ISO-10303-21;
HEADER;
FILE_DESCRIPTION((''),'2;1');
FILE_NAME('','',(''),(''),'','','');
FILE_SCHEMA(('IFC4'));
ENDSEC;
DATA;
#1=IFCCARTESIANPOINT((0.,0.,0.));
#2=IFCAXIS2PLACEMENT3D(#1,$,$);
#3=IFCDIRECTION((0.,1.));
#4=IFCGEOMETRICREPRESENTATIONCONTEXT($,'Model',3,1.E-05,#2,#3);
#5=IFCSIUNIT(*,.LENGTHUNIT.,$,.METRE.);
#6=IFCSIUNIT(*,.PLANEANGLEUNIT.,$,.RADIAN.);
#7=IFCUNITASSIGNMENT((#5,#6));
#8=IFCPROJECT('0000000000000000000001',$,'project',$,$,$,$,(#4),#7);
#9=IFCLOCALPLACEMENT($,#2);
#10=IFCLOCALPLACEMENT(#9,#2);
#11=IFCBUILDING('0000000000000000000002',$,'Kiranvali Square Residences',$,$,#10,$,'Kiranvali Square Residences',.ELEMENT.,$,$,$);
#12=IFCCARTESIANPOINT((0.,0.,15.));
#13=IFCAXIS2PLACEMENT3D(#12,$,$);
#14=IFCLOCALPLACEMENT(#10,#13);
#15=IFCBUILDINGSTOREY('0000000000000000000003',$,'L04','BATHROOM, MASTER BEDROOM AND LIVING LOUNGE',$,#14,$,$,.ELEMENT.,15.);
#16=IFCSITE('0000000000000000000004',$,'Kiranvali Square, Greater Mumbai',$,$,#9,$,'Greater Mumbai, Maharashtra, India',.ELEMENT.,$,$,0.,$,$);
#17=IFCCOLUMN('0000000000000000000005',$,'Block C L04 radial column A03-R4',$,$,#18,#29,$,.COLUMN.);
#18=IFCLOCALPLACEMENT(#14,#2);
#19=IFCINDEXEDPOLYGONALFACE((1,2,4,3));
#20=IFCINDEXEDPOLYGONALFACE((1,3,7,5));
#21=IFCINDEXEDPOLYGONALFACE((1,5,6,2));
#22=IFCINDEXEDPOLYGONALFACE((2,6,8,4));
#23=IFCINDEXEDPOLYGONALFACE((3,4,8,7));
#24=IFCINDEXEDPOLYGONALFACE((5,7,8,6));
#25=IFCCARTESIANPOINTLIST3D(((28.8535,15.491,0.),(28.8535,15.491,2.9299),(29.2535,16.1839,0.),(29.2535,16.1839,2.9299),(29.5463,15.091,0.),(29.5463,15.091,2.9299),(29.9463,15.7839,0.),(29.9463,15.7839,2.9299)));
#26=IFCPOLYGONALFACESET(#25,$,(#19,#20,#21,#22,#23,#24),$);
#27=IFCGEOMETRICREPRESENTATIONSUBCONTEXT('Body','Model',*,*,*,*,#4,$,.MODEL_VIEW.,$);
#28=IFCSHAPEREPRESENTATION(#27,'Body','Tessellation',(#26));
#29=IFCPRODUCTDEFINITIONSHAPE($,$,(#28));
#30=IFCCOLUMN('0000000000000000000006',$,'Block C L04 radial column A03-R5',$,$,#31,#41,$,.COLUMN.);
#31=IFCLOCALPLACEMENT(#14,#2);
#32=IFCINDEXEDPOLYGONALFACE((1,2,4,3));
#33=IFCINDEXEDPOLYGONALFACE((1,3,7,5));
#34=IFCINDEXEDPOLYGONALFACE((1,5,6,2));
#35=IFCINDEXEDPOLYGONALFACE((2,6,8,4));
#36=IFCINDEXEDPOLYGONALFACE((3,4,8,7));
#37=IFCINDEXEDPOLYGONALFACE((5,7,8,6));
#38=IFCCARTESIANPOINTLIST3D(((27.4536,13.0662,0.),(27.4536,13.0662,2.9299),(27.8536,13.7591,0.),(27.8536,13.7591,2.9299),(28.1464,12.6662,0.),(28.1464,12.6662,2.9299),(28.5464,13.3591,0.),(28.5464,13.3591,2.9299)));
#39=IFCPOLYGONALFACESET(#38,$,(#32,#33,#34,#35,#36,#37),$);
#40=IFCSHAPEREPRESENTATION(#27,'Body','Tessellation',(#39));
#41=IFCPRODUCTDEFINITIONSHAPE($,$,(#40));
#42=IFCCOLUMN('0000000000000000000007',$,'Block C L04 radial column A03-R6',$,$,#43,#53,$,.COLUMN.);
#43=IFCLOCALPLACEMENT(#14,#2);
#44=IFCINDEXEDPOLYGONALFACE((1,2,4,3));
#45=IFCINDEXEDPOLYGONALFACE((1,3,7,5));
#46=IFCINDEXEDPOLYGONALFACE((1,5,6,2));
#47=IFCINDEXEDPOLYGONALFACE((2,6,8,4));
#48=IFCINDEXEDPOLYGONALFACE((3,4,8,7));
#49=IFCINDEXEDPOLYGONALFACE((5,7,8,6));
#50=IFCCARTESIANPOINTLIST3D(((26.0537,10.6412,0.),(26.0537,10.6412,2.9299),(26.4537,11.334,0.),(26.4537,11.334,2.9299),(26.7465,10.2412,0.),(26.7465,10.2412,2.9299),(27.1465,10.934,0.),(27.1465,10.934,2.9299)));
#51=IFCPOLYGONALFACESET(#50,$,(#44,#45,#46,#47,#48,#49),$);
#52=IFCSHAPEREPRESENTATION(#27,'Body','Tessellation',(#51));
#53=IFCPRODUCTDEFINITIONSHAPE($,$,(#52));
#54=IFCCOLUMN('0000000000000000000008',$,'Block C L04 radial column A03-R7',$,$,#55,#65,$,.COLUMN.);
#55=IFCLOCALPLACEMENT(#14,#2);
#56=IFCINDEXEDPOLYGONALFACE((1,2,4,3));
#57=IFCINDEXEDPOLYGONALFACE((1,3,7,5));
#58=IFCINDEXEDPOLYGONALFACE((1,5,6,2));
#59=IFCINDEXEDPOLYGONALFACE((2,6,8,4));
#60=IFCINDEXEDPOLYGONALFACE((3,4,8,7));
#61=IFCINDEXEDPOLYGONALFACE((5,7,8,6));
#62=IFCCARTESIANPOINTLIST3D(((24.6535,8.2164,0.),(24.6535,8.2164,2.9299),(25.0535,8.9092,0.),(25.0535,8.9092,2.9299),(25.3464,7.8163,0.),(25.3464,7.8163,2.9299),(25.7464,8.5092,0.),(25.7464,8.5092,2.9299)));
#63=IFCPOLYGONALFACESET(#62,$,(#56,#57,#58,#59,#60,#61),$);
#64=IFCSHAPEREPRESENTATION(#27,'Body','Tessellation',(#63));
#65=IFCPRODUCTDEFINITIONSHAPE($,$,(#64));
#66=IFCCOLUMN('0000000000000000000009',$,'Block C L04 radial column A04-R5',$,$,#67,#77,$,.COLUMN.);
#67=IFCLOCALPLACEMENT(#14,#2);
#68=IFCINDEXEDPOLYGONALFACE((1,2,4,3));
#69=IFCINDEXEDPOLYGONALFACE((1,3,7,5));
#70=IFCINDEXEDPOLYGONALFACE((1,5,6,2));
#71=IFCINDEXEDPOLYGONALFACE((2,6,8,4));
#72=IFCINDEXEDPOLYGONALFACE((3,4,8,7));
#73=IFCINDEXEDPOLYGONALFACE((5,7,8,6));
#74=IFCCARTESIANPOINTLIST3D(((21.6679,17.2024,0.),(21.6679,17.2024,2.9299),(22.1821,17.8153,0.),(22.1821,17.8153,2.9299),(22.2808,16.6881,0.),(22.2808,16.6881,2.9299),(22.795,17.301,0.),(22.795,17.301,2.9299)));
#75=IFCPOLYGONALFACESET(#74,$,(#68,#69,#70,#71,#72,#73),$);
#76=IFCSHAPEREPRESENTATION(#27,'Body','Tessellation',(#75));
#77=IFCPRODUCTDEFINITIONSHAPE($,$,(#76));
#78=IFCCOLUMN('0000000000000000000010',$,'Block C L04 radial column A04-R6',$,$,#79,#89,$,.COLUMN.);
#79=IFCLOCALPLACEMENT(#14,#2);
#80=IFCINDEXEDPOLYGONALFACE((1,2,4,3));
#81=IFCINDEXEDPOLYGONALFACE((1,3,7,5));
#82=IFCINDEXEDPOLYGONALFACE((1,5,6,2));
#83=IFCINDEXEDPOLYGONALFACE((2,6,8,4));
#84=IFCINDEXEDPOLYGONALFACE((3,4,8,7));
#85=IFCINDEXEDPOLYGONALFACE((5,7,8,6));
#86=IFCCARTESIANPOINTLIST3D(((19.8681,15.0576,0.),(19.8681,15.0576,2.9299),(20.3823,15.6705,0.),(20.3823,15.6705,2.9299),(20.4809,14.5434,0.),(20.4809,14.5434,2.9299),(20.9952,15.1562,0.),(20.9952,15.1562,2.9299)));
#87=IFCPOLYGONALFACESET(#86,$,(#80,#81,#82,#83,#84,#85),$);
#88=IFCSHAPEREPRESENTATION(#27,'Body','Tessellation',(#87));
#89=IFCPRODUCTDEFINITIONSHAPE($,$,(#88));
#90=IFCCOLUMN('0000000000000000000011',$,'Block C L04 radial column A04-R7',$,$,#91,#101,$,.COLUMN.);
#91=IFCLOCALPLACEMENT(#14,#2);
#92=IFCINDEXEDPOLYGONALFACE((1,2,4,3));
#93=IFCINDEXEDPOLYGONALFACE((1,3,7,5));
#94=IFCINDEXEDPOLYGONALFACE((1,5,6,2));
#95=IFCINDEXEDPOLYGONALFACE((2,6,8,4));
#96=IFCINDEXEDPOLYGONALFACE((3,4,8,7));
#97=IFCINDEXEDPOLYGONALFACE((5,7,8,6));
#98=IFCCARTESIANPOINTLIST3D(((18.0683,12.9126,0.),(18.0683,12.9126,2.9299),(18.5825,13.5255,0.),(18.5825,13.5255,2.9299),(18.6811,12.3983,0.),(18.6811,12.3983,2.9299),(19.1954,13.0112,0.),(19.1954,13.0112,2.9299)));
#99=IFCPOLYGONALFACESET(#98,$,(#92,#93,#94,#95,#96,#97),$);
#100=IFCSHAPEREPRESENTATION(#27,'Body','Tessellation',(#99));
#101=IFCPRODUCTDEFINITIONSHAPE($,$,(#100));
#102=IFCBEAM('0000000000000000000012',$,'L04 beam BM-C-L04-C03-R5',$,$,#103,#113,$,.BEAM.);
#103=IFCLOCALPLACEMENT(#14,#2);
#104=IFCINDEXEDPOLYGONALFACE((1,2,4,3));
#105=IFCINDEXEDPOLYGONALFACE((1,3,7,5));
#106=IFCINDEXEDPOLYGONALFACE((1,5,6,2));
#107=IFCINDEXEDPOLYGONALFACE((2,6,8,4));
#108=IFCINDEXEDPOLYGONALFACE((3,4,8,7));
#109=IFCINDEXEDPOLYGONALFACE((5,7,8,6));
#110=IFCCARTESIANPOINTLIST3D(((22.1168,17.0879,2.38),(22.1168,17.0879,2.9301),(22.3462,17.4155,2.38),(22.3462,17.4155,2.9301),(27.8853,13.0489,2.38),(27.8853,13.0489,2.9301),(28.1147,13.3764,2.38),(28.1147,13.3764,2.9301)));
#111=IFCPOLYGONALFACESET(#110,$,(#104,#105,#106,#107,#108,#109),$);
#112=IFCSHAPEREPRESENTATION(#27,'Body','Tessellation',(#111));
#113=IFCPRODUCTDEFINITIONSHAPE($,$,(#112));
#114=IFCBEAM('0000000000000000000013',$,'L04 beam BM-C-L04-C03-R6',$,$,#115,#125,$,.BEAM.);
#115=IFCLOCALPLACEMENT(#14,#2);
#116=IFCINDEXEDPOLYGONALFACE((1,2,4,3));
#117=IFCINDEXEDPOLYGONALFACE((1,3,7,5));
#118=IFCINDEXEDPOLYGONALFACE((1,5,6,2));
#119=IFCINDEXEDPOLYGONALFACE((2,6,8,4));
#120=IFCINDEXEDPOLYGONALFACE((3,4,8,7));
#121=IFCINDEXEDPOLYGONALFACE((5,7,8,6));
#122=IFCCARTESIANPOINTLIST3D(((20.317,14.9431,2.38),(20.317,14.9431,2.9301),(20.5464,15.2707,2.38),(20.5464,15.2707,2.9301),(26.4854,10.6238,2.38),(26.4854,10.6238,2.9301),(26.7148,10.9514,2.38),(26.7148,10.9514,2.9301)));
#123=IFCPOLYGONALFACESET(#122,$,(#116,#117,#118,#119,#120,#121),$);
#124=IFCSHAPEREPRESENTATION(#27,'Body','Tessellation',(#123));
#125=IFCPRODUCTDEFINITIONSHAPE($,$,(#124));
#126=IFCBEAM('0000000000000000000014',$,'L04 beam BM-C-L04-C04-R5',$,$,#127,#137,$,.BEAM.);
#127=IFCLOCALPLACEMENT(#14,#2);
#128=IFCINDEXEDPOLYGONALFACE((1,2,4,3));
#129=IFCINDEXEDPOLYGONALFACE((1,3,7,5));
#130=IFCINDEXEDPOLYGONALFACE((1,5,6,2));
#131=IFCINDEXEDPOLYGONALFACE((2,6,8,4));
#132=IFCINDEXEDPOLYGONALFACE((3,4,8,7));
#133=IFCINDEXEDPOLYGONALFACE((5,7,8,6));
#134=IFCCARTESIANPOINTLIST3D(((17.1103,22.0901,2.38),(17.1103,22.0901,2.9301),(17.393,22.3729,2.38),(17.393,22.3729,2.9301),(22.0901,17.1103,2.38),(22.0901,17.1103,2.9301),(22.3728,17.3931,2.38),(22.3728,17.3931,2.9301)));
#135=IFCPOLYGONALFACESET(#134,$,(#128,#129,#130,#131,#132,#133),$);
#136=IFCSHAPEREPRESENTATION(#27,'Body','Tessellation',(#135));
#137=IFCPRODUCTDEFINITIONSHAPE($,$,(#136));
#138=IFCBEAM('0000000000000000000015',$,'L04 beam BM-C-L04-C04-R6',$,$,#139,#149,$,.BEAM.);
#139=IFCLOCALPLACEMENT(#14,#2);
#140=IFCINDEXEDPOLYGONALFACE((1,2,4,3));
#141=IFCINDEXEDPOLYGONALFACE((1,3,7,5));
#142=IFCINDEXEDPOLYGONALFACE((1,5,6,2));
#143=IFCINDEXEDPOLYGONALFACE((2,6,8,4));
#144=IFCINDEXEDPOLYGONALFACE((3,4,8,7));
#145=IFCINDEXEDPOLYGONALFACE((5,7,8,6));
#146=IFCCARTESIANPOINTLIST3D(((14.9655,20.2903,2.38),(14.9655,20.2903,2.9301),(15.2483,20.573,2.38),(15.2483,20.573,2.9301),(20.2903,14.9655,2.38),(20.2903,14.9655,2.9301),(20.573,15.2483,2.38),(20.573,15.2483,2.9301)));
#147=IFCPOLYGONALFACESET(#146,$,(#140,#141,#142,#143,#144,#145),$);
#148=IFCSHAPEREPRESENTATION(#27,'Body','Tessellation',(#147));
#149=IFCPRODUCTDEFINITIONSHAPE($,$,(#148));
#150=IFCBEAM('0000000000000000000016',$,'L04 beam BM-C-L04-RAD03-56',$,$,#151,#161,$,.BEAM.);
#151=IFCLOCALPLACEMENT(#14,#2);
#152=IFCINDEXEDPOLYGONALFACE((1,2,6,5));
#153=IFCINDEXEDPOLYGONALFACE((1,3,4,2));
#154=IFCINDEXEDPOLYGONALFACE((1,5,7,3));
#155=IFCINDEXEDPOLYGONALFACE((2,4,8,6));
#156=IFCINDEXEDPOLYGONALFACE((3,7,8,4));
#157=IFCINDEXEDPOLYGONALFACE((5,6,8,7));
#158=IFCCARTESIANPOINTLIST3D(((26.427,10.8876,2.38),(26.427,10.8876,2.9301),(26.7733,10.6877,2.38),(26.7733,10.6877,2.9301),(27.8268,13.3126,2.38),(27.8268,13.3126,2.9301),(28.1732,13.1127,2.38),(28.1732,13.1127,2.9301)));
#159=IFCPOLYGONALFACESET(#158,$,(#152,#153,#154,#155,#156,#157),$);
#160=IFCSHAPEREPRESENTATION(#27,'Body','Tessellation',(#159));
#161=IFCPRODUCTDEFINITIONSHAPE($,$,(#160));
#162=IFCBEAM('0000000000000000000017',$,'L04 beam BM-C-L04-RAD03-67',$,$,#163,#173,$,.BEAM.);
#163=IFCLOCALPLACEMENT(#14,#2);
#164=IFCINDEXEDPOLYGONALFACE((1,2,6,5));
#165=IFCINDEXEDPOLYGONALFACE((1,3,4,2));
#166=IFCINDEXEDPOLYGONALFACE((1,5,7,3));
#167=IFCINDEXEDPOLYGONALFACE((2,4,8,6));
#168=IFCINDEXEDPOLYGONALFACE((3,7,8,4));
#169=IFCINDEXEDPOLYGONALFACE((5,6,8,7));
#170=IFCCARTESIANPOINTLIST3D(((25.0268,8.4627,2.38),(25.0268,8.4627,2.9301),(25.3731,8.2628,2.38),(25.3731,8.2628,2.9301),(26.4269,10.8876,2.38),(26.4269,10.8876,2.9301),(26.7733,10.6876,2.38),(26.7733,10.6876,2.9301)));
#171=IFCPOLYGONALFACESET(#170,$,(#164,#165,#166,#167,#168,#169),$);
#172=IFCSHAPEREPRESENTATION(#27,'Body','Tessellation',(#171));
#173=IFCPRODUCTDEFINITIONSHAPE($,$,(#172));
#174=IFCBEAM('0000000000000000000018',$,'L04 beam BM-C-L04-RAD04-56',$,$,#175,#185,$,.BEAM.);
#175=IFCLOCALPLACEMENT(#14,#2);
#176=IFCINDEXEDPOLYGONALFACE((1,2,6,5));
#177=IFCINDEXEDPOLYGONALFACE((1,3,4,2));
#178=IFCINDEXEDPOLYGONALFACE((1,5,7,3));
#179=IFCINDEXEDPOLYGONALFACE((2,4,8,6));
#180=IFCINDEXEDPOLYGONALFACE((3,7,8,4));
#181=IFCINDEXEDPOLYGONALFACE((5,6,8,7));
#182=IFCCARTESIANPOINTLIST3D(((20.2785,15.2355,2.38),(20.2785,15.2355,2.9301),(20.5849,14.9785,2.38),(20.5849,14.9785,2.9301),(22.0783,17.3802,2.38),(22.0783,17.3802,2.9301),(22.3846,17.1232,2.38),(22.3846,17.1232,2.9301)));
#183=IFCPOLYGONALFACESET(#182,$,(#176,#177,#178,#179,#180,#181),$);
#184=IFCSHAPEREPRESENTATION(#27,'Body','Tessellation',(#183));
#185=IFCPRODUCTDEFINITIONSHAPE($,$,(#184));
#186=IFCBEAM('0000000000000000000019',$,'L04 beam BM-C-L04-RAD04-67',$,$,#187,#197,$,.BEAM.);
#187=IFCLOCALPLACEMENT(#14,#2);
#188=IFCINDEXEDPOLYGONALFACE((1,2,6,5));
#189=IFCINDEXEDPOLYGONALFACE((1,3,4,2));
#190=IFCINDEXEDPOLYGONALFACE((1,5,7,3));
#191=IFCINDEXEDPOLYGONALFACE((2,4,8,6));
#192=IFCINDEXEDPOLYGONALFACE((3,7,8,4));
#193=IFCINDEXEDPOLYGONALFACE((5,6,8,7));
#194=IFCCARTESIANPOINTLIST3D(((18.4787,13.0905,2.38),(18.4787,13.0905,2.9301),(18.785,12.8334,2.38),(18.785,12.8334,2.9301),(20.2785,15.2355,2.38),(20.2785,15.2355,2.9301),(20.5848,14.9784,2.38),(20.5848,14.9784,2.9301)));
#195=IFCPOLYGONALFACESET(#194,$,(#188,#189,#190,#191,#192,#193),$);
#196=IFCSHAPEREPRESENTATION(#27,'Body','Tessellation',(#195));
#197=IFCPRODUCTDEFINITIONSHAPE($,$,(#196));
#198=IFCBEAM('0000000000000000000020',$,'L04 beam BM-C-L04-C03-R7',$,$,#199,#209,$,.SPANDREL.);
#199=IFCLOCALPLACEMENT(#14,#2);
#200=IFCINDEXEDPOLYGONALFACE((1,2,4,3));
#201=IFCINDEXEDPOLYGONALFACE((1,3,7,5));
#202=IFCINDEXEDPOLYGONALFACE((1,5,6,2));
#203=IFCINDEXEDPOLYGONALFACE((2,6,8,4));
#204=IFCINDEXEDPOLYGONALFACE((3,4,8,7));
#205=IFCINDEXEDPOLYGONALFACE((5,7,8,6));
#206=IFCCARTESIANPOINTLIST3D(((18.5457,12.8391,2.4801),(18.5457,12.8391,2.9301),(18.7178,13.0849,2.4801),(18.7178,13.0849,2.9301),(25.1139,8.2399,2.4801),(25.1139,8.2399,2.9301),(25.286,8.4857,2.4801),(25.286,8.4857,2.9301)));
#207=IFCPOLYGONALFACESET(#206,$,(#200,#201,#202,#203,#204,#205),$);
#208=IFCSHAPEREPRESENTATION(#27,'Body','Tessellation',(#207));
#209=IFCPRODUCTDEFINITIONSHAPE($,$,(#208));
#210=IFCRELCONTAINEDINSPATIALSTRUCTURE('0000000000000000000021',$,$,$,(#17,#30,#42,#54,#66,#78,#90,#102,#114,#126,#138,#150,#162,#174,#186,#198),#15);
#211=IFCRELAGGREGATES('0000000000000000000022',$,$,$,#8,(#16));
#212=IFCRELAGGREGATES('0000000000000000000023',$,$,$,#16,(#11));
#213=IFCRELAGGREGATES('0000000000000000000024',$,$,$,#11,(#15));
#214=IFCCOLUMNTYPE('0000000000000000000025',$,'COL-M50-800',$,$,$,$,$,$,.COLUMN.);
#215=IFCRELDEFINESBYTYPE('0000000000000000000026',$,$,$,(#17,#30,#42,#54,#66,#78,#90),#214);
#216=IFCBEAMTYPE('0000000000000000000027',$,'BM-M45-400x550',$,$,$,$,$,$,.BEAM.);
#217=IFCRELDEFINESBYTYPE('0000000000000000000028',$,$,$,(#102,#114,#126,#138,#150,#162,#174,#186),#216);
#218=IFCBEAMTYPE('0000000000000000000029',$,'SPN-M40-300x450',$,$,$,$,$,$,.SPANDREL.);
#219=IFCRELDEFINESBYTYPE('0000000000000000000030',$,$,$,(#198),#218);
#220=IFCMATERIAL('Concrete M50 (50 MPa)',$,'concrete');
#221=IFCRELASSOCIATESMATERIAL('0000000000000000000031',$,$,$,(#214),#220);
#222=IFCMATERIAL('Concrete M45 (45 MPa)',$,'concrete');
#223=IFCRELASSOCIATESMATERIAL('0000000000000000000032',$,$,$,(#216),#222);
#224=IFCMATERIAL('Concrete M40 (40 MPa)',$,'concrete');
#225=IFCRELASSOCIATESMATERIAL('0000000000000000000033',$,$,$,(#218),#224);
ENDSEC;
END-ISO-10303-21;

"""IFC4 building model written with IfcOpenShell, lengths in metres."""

from ifc_helpers import new_model, si_unit, direction, frame, origin, origin_2d, place, context, subcontext, project, spatial, rectangle, extrude, material, material_profile, profile_set, type_object, element, save


model = new_model("IFC4")

# Units and contexts
model_context = context("Model", 3, precision=1e-05, world=origin(), true_north=direction((0.0, 1.0)))
body_context = subcontext(model_context, "Body", "Model", "MODEL_VIEW")
ifc_project = project(units=[si_unit("LENGTHUNIT", "METRE"), si_unit("PLANEANGLEUNIT", "RADIAN")], contexts=[model_context])

# Site, building, storey
site_placement = place(None, origin())
site = spatial("IfcSite", under=ifc_project, at=site_placement, Name="Kiranvali Square, Greater Mumbai", LongName="Greater Mumbai, Maharashtra, India", CompositionType="ELEMENT", RefElevation=0.0)
building_placement = place(site_placement, origin())
building = spatial("IfcBuilding", under=site, at=building_placement, Name="Kiranvali Square Residences", LongName="Kiranvali Square Residences", CompositionType="ELEMENT")
storey_placement = place(building_placement, frame((0.0, 0.0, 15.0)))
storey = spatial("IfcBuildingStorey", under=building, at=storey_placement, Name="L04", Description="BATHROOM, MASTER BEDROOM AND LIVING LOUNGE", CompositionType="ELEMENT", Elevation=15.0)

# Columns
ifc_material_1 = material(Name="Concrete M50 (50 MPa)", Category="concrete")
ifc_material_profile_1 = material_profile(ifc_material_1, rectangle(XDim=0.8, YDim=0.8, at=origin_2d()), Name="RC 800x800")
ifc_profile_set_1 = profile_set([ifc_material_profile_1], Name="Concrete M50 (50 MPa)")
column_type = type_object("IfcColumnType", Name="COL-M50-800", PredefinedType="COLUMN", material=ifc_profile_set_1)
for number, where, z_axis, x_axis, name in (
    (1, (29.3999, 15.6375, 0.0), (0.0, 0.0, 1.0), (-0.866025, 0.5, 0.0), "Block C L04 radial column A03-R4"),
    (2, (28.0, 13.2126, 0.0), (0.0, 0.0, 1.0), (-0.866025, 0.5, 0.0), "Block C L04 radial column A03-R5"),
    (3, (26.6001, 10.7876, 0.0), (0.0, 0.0, 1.0), (-0.866025, 0.5, 0.0), "Block C L04 radial column A03-R6"),
    (4, (25.2, 8.3628, 0.0), (0.0, 0.0, 1.0), (-0.866025, 0.5, 0.0), "Block C L04 radial column A03-R7"),
    (5, (22.2314, 17.2517, 0.0), (0.0, 0.0, 1.0), (-0.766044, 0.642788, 0.0), "Block C L04 radial column A04-R5"),
    (6, (20.4316, 15.1069, 0.0), (0.0, 0.0, 1.0), (-0.766044, 0.642788, 0.0), "Block C L04 radial column A04-R6"),
    (7, (18.6318, 12.9619, 0.0), (0.0, 0.0, 1.0), (-0.766044, 0.642788, 0.0), "Block C L04 radial column A04-R7"),
):
    element("IfcColumn", number, at=place(storey_placement, frame(where, z_axis=z_axis, x_axis=x_axis)), inside=storey, type_object=column_type, Name=name, PredefinedType="COLUMN", context=body_context, shape_type="SweptSolid", body=[
        extrude(rectangle(XDim=0.8, YDim=0.8, at=origin_2d()), origin(), (0.0, 0.0, 1.0), 2.9299),
    ])

# Beams
ifc_material_2 = material(Name="Concrete M45 (45 MPa)", Category="concrete")
ifc_material_profile_2 = material_profile(ifc_material_2, rectangle(XDim=0.3999, YDim=0.55, at=origin_2d()), Name="RC 400x550")
ifc_profile_set_2 = profile_set([ifc_material_profile_2], Name="Concrete M45 (45 MPa)")
beam_type_1 = type_object("IfcBeamType", Name="BM-M45-400x550", PredefinedType="BEAM", material=ifc_profile_set_2)
beam_1_placement = place(storey_placement, frame((28.0, 13.2126, 2.655), z_axis=(-0.81916, 0.573565, 0.0), x_axis=(-0.573565, -0.81916, 0.0)))
element("IfcBeam", 8, at=beam_1_placement, inside=storey, type_object=beam_type_1, Name="L04 beam BM-C-L04-C03-R5", PredefinedType="BEAM", context=body_context, shape_type="SweptSolid", body=[
    extrude(rectangle(XDim=0.3999, YDim=0.55, at=origin_2d()), origin(), (0.0, 0.0, 1.0), 7.042),
])
beam_2_placement = place(storey_placement, frame((26.6001, 10.7876, 2.655), z_axis=(-0.819144, 0.573589, 0.0), x_axis=(-0.573589, -0.819144, 0.0)))
element("IfcBeam", 9, at=beam_2_placement, inside=storey, type_object=beam_type_1, Name="L04 beam BM-C-L04-C03-R6", PredefinedType="BEAM", context=body_context, shape_type="SweptSolid", body=[
    extrude(rectangle(XDim=0.3999, YDim=0.55, at=origin_2d()), origin(), (0.0, 0.0, 1.0), 7.5303),
])
beam_3_placement = place(storey_placement, frame((22.2314, 17.2517, 2.655), z_axis=(-0.707107, 0.707107, 0.0), x_axis=(-0.707107, -0.707107, 0.0)))
element("IfcBeam", 10, at=beam_3_placement, inside=storey, type_object=beam_type_1, Name="L04 beam BM-C-L04-C04-R5", PredefinedType="BEAM", context=body_context, shape_type="SweptSolid", body=[
    extrude(rectangle(XDim=0.3999, YDim=0.55, at=origin_2d()), origin(), (0.0, 0.0, 1.0), 7.0425),
])
beam_4_placement = place(storey_placement, frame((20.4316, 15.1069, 2.655), z_axis=(-0.707107, 0.707107, 0.0), x_axis=(-0.707107, -0.707107, 0.0)))
element("IfcBeam", 11, at=beam_4_placement, inside=storey, type_object=beam_type_1, Name="L04 beam BM-C-L04-C04-R6", PredefinedType="BEAM", context=body_context, shape_type="SweptSolid", body=[
    extrude(rectangle(XDim=0.3999, YDim=0.55, at=origin_2d()), origin(), (0.0, 0.0, 1.0), 7.5303),
])
for number, where, z_axis, x_axis, name in (
    (12, (28.0, 13.2126, 2.655), (-0.499946, -0.866056, 0.0), (0.866056, -0.499946, 0.0), "L04 beam BM-C-L04-RAD03-56"),
    (13, (26.6001, 10.7876, 2.655), (-0.50005, -0.865997, 0.0), (0.865997, -0.50005, 0.0), "L04 beam BM-C-L04-RAD03-67"),
):
    element("IfcBeam", number, at=place(storey_placement, frame(where, z_axis=z_axis, x_axis=x_axis)), inside=storey, type_object=beam_type_1, Name=name, PredefinedType="BEAM", context=body_context, shape_type="SweptSolid", body=[
        extrude(rectangle(XDim=0.3999, YDim=0.55, at=origin_2d()), origin(), (0.0, 0.0, 1.0), 2.8),
    ])
beam_5_placement = place(storey_placement, frame((22.2314, 17.2517, 2.655), z_axis=(-0.642814, -0.766023, 0.0), x_axis=(0.766023, -0.642814, 0.0)))
element("IfcBeam", 14, at=beam_5_placement, inside=storey, type_object=beam_type_1, Name="L04 beam BM-C-L04-RAD04-56", PredefinedType="BEAM", context=body_context, shape_type="SweptSolid", body=[
    extrude(rectangle(XDim=0.3999, YDim=0.55, at=origin_2d()), origin(), (0.0, 0.0, 1.0), 2.7998),
])
beam_6_placement = place(storey_placement, frame((20.4316, 15.1069, 2.655), z_axis=(-0.642771, -0.766059, 0.0), x_axis=(0.766059, -0.642771, 0.0)))
element("IfcBeam", 15, at=beam_6_placement, inside=storey, type_object=beam_type_1, Name="L04 beam BM-C-L04-RAD04-67", PredefinedType="BEAM", context=body_context, shape_type="SweptSolid", body=[
    extrude(rectangle(XDim=0.3999, YDim=0.55, at=origin_2d()), origin(), (0.0, 0.0, 1.0), 2.8),
])
ifc_material_3 = material(Name="Concrete M40 (40 MPa)", Category="concrete")
ifc_material_profile_3 = material_profile(ifc_material_3, rectangle(XDim=0.3, YDim=0.45, at=origin_2d()), Name="RC 300x450")
ifc_profile_set_3 = profile_set([ifc_material_profile_3], Name="Concrete M40 (40 MPa)")
beam_type_2 = type_object("IfcBeamType", Name="SPN-M40-300x450", PredefinedType="SPANDREL", material=ifc_profile_set_3)
beam_7_placement = place(storey_placement, frame((25.2, 8.3628, 2.7051), z_axis=(-0.819148, 0.573583, 0.0), x_axis=(-0.573583, -0.819148, 0.0)))
element("IfcBeam", 16, at=beam_7_placement, inside=storey, type_object=beam_type_2, Name="L04 beam BM-C-L04-C03-R7", PredefinedType="SPANDREL", context=body_context, shape_type="SweptSolid", body=[
    extrude(rectangle(XDim=0.3, YDim=0.45, at=origin_2d()), origin(), (0.0, 0.0, 1.0), 8.0183),
])

save(model, "model.ifc")
